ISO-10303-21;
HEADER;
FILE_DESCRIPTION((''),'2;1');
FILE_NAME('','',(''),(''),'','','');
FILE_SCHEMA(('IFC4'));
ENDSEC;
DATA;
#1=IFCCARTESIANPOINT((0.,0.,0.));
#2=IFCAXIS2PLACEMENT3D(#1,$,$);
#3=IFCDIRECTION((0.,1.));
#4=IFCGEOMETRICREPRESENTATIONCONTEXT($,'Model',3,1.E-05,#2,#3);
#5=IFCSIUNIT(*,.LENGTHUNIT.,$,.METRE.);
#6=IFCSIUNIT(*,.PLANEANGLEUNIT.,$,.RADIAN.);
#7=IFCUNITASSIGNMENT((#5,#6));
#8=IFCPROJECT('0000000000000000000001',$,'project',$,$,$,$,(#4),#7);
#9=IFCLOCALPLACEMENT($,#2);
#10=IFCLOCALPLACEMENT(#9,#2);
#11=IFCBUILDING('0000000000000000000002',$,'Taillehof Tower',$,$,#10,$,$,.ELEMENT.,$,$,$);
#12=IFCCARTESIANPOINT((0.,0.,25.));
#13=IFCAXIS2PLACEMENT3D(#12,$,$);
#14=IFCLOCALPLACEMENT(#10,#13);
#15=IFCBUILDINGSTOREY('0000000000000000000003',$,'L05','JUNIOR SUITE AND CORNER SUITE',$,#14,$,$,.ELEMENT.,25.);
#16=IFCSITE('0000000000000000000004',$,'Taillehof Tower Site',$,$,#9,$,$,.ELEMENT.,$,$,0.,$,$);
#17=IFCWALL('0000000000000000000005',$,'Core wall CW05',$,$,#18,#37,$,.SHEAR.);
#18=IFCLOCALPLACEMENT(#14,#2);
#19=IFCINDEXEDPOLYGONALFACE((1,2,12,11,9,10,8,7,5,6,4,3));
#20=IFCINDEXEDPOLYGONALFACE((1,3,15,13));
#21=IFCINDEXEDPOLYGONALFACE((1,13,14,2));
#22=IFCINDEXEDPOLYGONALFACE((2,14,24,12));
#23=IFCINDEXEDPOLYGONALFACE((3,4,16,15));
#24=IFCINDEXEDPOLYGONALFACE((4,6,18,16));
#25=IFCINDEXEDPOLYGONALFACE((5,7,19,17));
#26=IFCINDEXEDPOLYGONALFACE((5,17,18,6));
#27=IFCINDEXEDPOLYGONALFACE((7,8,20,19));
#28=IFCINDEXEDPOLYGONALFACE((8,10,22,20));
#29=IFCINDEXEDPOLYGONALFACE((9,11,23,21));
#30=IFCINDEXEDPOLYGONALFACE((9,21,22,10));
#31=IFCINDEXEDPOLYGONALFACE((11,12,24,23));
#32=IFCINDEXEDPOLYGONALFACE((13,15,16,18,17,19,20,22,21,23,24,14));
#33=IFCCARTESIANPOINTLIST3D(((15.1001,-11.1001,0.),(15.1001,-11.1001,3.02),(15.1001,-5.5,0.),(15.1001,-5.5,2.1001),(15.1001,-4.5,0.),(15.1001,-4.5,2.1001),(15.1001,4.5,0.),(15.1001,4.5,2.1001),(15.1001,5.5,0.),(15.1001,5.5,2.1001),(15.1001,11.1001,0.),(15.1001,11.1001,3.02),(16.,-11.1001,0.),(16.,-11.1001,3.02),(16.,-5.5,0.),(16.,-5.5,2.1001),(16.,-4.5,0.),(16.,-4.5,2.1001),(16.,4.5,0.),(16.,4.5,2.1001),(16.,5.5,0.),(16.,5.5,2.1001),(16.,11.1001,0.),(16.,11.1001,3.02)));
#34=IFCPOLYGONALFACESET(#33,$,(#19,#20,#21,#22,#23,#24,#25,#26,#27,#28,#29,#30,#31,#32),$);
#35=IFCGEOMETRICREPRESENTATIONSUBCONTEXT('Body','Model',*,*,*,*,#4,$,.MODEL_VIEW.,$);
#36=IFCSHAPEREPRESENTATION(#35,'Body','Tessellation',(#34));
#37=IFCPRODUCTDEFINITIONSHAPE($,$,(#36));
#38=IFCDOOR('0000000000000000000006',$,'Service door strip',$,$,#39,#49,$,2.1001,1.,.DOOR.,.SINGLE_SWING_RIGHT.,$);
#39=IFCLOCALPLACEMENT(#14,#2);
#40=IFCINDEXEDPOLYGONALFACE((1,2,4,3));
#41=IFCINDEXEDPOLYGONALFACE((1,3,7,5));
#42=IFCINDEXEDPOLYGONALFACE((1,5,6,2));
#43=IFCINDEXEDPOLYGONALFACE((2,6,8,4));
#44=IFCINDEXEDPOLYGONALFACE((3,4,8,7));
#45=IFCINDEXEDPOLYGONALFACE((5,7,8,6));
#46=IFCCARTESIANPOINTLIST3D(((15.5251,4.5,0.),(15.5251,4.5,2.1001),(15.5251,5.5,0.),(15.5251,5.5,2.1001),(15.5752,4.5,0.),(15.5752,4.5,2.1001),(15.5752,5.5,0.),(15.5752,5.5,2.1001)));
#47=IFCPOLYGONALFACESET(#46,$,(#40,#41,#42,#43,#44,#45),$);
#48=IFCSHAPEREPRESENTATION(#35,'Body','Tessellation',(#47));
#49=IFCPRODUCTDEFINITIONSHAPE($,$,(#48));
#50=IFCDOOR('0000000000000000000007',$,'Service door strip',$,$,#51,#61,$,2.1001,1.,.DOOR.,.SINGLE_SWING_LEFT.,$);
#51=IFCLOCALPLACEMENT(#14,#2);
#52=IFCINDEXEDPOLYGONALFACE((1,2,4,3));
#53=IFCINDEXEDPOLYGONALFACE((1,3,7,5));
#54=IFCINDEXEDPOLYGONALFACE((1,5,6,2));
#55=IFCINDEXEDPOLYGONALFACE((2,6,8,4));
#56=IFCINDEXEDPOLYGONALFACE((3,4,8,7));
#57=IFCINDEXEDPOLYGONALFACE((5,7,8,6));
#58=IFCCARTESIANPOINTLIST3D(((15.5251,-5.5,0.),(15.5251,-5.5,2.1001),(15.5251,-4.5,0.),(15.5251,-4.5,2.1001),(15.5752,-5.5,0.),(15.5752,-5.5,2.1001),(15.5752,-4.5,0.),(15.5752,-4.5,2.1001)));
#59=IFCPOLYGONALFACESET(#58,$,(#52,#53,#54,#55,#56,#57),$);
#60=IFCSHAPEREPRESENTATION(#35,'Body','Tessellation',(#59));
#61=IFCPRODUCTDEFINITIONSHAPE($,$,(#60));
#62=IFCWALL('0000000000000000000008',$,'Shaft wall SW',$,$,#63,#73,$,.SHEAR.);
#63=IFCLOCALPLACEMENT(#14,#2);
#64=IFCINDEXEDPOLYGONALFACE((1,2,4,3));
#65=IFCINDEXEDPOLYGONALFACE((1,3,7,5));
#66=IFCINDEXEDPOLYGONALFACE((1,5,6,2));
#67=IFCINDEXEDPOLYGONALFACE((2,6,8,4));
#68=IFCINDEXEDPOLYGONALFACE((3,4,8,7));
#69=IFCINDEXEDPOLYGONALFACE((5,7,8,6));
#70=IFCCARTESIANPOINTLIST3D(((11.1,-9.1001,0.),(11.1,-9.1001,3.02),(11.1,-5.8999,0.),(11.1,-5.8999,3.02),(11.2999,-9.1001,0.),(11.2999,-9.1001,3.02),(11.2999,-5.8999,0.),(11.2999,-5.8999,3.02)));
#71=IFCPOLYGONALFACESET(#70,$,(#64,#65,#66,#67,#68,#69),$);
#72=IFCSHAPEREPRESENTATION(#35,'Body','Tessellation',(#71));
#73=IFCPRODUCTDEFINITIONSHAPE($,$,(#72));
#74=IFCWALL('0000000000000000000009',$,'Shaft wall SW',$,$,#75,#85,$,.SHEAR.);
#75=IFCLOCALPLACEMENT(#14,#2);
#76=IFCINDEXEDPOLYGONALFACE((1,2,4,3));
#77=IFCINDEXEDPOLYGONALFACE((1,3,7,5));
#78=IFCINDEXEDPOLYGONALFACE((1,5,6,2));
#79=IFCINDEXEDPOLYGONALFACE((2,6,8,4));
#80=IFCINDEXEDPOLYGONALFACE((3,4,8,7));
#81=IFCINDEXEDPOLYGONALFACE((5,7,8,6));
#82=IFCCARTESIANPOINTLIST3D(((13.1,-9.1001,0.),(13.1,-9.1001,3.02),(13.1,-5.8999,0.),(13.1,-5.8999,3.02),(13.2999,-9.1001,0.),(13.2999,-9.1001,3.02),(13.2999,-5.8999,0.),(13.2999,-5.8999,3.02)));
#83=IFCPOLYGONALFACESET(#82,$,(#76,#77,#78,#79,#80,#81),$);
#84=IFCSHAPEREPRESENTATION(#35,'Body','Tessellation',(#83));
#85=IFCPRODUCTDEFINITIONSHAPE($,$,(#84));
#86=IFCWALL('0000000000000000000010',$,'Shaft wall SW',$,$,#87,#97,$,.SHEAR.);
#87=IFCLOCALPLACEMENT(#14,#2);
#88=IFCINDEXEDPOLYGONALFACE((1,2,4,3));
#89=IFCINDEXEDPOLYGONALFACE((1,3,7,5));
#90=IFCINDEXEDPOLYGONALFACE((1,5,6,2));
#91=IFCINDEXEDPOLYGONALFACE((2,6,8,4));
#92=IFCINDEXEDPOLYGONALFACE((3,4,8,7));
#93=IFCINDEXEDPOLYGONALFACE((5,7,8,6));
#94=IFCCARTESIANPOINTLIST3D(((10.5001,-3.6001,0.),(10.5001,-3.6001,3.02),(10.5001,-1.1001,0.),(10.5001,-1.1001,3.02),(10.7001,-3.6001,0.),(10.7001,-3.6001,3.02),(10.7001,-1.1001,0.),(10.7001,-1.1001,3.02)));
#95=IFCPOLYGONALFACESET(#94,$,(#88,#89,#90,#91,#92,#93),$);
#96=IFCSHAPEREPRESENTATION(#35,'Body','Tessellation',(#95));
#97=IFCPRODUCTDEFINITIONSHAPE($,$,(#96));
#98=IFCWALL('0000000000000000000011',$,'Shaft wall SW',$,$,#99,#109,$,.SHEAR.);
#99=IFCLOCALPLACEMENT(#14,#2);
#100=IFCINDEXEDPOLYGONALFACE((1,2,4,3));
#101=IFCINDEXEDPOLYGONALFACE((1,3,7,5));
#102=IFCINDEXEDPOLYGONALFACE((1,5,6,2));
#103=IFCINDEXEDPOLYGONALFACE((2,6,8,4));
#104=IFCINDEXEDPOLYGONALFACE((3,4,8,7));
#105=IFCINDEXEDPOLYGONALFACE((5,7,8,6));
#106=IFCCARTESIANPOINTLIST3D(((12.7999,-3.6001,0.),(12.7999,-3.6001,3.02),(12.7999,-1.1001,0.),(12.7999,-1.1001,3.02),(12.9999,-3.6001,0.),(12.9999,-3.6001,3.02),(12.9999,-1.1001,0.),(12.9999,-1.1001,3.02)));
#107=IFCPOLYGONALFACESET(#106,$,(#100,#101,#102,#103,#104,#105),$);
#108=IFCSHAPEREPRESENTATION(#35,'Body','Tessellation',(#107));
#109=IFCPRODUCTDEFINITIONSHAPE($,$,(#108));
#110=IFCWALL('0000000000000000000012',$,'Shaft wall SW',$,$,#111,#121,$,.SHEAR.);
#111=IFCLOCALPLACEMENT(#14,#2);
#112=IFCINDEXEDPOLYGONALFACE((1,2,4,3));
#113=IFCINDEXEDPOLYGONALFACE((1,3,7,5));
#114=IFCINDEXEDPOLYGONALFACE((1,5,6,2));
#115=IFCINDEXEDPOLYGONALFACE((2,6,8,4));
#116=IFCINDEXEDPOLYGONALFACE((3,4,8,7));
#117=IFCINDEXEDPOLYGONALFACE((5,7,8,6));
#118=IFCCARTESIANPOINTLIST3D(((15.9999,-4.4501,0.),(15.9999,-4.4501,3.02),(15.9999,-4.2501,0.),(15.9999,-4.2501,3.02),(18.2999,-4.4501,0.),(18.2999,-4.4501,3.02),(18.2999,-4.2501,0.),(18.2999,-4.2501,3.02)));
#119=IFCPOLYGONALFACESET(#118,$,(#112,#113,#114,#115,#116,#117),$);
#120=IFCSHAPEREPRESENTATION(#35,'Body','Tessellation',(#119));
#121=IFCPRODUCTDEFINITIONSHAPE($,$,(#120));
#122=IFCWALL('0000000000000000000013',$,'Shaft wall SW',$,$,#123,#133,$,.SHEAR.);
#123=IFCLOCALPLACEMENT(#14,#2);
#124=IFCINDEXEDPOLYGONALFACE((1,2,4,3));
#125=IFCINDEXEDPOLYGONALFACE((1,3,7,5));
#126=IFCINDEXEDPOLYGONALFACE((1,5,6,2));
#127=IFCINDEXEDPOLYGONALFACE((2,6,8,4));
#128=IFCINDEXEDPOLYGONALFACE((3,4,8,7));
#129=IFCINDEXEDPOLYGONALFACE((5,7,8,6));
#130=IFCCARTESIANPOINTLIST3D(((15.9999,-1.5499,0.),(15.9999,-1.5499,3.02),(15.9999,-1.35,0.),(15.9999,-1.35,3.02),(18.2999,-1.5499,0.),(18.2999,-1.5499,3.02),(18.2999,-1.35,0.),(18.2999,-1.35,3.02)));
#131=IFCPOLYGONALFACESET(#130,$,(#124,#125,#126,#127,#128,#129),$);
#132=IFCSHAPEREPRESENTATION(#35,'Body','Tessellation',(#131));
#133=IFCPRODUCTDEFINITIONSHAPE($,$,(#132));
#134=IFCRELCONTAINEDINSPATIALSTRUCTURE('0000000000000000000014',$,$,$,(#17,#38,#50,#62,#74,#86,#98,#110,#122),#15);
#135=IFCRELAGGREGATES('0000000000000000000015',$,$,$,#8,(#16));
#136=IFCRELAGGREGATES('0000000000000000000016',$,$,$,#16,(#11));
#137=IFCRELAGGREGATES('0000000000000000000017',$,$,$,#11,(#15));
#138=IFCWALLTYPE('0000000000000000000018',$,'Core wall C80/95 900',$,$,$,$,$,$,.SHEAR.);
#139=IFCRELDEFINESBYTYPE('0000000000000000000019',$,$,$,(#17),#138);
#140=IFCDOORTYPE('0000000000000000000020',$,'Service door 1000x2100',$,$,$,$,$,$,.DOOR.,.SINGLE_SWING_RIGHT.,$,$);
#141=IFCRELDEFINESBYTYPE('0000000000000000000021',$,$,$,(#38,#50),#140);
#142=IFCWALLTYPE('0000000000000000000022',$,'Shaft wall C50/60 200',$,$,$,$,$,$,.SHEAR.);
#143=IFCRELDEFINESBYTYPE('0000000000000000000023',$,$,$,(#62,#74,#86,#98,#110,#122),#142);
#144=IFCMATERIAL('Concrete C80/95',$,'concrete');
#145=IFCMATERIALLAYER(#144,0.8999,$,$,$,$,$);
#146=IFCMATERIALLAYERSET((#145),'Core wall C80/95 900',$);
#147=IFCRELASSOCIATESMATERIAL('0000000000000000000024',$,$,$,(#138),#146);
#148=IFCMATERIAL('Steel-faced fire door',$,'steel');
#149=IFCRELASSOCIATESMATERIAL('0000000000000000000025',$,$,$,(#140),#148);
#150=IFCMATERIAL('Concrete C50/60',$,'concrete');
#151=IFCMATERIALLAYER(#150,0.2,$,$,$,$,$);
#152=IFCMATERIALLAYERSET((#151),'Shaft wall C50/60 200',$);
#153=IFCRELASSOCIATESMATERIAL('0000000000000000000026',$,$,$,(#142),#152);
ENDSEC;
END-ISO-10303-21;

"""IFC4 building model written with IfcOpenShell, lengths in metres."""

from ifc_helpers import new_model, si_unit, direction, frame, frame_2d, origin, place, context, subcontext, project, spatial, rectangle, extrude, material, layer, layer_set, type_object, element, fill, save


model = new_model("IFC4")

# Units and contexts
model_context = context("Model", 3, precision=1e-05, world=origin(), true_north=direction((0.0, 1.0)))
body_context = subcontext(model_context, "Body", "Model", "MODEL_VIEW")
ifc_project = project(units=[si_unit("LENGTHUNIT", "METRE"), si_unit("PLANEANGLEUNIT", "RADIAN")], contexts=[model_context])

# Site, building, storey
site_placement = place(None, origin())
site = spatial("IfcSite", under=ifc_project, at=site_placement, Name="Taillehof Tower Site", CompositionType="ELEMENT", RefElevation=0.0)
building_placement = place(site_placement, origin())
building = spatial("IfcBuilding", under=site, at=building_placement, Name="Taillehof Tower", CompositionType="ELEMENT")
storey_placement = place(building_placement, frame((0.0, 0.0, 25.0)))
storey = spatial("IfcBuildingStorey", under=building, at=storey_placement, Name="L05", Description="JUNIOR SUITE AND CORNER SUITE", CompositionType="ELEMENT", Elevation=25.0)

# Wall, openings, doors
ifc_material_1 = material(Name="Concrete C80/95", Category="concrete")
ifc_layer_1 = layer(ifc_material_1, 0.8999)
ifc_layer_set_1 = layer_set([ifc_layer_1], Name="Core wall C80/95 900")
wall_type_1 = type_object("IfcWallType", Name="Core wall C80/95 900", PredefinedType="SHEAR", material=ifc_layer_set_1)
wall_1_placement = place(storey_placement, frame((15.55, -11.1001, 0.0), z_axis=(0.0, 0.0, 1.0), x_axis=(0.0, 1.0, 0.0)))
wall_1 = element("IfcWall", 1, at=wall_1_placement, inside=storey, type_object=wall_type_1, Name="Core wall CW05", PredefinedType="SHEAR", context=body_context, shape_type="SweptSolid", body=[
    extrude(rectangle(XDim=22.2002, YDim=0.8999, at=frame_2d((11.1001, 0.0))), origin(), (0.0, 0.0, 1.0), 3.02),
])
opening_1_placement = place(wall_1_placement, frame((15.6001, 0.0, 0.0)))
opening_1 = element("IfcOpeningElement", 2, at=opening_1_placement, cuts=wall_1, PredefinedType="OPENING", context=body_context, shape_type="SweptSolid", body=[
    extrude(rectangle(XDim=1.0, YDim=2.1001, at=frame_2d((0.5, 1.05))), frame((0.0, 0.46, 0.0), z_axis=(0.0, -1.0, 0.0), x_axis=(1.0, 0.0, 0.0)), (0.0, 0.0, 1.0), 0.9199),
])
opening_2_placement = place(wall_1_placement, frame((5.6001, 0.0, 0.0)))
opening_2 = element("IfcOpeningElement", 3, at=opening_2_placement, cuts=wall_1, PredefinedType="OPENING", context=body_context, shape_type="SweptSolid", body=[
    extrude(rectangle(XDim=1.0, YDim=2.1001, at=frame_2d((0.5, 1.05))), frame((0.0, 0.46, 0.0), z_axis=(0.0, -1.0, 0.0), x_axis=(1.0, 0.0, 0.0)), (0.0, 0.0, 1.0), 0.9199),
])
ifc_material_2 = material(Name="Steel-faced fire door", Category="steel")
door_type_1 = type_object("IfcDoorType", Name="Service door 1000x2100", OperationType="SINGLE_SWING_RIGHT", PredefinedType="DOOR", material=ifc_material_2)
door_1_placement = place(opening_1_placement, origin())
door_1 = element("IfcDoor", 4, at=door_1_placement, inside=storey, type_object=door_type_1, Name="Service door strip", OperationType="SINGLE_SWING_RIGHT", OverallHeight=2.1001, OverallWidth=1.0, PredefinedType="DOOR", context=body_context, shape_type="SweptSolid", body=[
    extrude(rectangle(XDim=1.0, YDim=2.1001, at=frame_2d((0.5, 1.05))), frame((0.0, 0.0249, 0.0), z_axis=(0.0, -1.0, 0.0), x_axis=(1.0, 0.0, 0.0)), (0.0, 0.0, 1.0), 0.05),
])
fill(opening_1, door_1)
door_2_placement = place(opening_2_placement, origin())
door_2 = element("IfcDoor", 5, at=door_2_placement, inside=storey, type_object=door_type_1, Name="Service door strip", OperationType="SINGLE_SWING_LEFT", OverallHeight=2.1001, OverallWidth=1.0, PredefinedType="DOOR", context=body_context, shape_type="SweptSolid", body=[
    extrude(rectangle(XDim=1.0, YDim=2.1001, at=frame_2d((0.5, 1.05))), frame((0.0, 0.0249, 0.0), z_axis=(0.0, -1.0, 0.0), x_axis=(1.0, 0.0, 0.0)), (0.0, 0.0, 1.0), 0.05),
])
fill(opening_2, door_2)

# Walls
ifc_material_3 = material(Name="Concrete C50/60", Category="concrete")
ifc_layer_2 = layer(ifc_material_3, 0.2)
ifc_layer_set_2 = layer_set([ifc_layer_2], Name="Shaft wall C50/60 200")
wall_type_2 = type_object("IfcWallType", Name="Shaft wall C50/60 200", PredefinedType="SHEAR", material=ifc_layer_set_2)
for number, where, z_axis, x_axis, name in (
    (6, (11.2, -9.1001, 0.0), (0.0, 0.0, 1.0), (0.0, 1.0, 0.0), "Shaft wall SW"),
    (7, (13.2, -9.1001, 0.0), (0.0, 0.0, 1.0), (0.0, 1.0, 0.0), "Shaft wall SW"),
):
    element("IfcWall", number, at=place(storey_placement, frame(where, z_axis=z_axis, x_axis=x_axis)), inside=storey, type_object=wall_type_2, Name=name, PredefinedType="SHEAR", context=body_context, shape_type="SweptSolid", body=[
        extrude(rectangle(XDim=3.2002, YDim=0.2, at=frame_2d((1.6001, 0.0))), origin(), (0.0, 0.0, 1.0), 3.02),
    ])
for number, where, z_axis, x_axis, name in (
    (8, (10.6001, -3.6001, 0.0), (0.0, 0.0, 1.0), (0.0, 1.0, 0.0), "Shaft wall SW"),
    (9, (12.8999, -3.6001, 0.0), (0.0, 0.0, 1.0), (0.0, 1.0, 0.0), "Shaft wall SW"),
):
    element("IfcWall", number, at=place(storey_placement, frame(where, z_axis=z_axis, x_axis=x_axis)), inside=storey, type_object=wall_type_2, Name=name, PredefinedType="SHEAR", context=body_context, shape_type="SweptSolid", body=[
        extrude(rectangle(XDim=2.5, YDim=0.2, at=frame_2d((1.25, 0.0))), origin(), (0.0, 0.0, 1.0), 3.02),
    ])
for number, where, z_axis, x_axis, name in (
    (10, (16.0, -4.3501, 0.0), (0.0, 0.0, 1.0), (1.0, 0.0, 0.0), "Shaft wall SW"),
    (11, (16.0, -1.45, 0.0), (0.0, 0.0, 1.0), (1.0, 0.0, 0.0), "Shaft wall SW"),
):
    element("IfcWall", number, at=place(storey_placement, frame(where, z_axis=z_axis, x_axis=x_axis)), inside=storey, type_object=wall_type_2, Name=name, PredefinedType="SHEAR", context=body_context, shape_type="SweptSolid", body=[
        extrude(rectangle(XDim=2.3, YDim=0.2, at=frame_2d((1.1499, 0.0))), origin(), (0.0, 0.0, 1.0), 3.02),
    ])

save(model, "model.ifc")
